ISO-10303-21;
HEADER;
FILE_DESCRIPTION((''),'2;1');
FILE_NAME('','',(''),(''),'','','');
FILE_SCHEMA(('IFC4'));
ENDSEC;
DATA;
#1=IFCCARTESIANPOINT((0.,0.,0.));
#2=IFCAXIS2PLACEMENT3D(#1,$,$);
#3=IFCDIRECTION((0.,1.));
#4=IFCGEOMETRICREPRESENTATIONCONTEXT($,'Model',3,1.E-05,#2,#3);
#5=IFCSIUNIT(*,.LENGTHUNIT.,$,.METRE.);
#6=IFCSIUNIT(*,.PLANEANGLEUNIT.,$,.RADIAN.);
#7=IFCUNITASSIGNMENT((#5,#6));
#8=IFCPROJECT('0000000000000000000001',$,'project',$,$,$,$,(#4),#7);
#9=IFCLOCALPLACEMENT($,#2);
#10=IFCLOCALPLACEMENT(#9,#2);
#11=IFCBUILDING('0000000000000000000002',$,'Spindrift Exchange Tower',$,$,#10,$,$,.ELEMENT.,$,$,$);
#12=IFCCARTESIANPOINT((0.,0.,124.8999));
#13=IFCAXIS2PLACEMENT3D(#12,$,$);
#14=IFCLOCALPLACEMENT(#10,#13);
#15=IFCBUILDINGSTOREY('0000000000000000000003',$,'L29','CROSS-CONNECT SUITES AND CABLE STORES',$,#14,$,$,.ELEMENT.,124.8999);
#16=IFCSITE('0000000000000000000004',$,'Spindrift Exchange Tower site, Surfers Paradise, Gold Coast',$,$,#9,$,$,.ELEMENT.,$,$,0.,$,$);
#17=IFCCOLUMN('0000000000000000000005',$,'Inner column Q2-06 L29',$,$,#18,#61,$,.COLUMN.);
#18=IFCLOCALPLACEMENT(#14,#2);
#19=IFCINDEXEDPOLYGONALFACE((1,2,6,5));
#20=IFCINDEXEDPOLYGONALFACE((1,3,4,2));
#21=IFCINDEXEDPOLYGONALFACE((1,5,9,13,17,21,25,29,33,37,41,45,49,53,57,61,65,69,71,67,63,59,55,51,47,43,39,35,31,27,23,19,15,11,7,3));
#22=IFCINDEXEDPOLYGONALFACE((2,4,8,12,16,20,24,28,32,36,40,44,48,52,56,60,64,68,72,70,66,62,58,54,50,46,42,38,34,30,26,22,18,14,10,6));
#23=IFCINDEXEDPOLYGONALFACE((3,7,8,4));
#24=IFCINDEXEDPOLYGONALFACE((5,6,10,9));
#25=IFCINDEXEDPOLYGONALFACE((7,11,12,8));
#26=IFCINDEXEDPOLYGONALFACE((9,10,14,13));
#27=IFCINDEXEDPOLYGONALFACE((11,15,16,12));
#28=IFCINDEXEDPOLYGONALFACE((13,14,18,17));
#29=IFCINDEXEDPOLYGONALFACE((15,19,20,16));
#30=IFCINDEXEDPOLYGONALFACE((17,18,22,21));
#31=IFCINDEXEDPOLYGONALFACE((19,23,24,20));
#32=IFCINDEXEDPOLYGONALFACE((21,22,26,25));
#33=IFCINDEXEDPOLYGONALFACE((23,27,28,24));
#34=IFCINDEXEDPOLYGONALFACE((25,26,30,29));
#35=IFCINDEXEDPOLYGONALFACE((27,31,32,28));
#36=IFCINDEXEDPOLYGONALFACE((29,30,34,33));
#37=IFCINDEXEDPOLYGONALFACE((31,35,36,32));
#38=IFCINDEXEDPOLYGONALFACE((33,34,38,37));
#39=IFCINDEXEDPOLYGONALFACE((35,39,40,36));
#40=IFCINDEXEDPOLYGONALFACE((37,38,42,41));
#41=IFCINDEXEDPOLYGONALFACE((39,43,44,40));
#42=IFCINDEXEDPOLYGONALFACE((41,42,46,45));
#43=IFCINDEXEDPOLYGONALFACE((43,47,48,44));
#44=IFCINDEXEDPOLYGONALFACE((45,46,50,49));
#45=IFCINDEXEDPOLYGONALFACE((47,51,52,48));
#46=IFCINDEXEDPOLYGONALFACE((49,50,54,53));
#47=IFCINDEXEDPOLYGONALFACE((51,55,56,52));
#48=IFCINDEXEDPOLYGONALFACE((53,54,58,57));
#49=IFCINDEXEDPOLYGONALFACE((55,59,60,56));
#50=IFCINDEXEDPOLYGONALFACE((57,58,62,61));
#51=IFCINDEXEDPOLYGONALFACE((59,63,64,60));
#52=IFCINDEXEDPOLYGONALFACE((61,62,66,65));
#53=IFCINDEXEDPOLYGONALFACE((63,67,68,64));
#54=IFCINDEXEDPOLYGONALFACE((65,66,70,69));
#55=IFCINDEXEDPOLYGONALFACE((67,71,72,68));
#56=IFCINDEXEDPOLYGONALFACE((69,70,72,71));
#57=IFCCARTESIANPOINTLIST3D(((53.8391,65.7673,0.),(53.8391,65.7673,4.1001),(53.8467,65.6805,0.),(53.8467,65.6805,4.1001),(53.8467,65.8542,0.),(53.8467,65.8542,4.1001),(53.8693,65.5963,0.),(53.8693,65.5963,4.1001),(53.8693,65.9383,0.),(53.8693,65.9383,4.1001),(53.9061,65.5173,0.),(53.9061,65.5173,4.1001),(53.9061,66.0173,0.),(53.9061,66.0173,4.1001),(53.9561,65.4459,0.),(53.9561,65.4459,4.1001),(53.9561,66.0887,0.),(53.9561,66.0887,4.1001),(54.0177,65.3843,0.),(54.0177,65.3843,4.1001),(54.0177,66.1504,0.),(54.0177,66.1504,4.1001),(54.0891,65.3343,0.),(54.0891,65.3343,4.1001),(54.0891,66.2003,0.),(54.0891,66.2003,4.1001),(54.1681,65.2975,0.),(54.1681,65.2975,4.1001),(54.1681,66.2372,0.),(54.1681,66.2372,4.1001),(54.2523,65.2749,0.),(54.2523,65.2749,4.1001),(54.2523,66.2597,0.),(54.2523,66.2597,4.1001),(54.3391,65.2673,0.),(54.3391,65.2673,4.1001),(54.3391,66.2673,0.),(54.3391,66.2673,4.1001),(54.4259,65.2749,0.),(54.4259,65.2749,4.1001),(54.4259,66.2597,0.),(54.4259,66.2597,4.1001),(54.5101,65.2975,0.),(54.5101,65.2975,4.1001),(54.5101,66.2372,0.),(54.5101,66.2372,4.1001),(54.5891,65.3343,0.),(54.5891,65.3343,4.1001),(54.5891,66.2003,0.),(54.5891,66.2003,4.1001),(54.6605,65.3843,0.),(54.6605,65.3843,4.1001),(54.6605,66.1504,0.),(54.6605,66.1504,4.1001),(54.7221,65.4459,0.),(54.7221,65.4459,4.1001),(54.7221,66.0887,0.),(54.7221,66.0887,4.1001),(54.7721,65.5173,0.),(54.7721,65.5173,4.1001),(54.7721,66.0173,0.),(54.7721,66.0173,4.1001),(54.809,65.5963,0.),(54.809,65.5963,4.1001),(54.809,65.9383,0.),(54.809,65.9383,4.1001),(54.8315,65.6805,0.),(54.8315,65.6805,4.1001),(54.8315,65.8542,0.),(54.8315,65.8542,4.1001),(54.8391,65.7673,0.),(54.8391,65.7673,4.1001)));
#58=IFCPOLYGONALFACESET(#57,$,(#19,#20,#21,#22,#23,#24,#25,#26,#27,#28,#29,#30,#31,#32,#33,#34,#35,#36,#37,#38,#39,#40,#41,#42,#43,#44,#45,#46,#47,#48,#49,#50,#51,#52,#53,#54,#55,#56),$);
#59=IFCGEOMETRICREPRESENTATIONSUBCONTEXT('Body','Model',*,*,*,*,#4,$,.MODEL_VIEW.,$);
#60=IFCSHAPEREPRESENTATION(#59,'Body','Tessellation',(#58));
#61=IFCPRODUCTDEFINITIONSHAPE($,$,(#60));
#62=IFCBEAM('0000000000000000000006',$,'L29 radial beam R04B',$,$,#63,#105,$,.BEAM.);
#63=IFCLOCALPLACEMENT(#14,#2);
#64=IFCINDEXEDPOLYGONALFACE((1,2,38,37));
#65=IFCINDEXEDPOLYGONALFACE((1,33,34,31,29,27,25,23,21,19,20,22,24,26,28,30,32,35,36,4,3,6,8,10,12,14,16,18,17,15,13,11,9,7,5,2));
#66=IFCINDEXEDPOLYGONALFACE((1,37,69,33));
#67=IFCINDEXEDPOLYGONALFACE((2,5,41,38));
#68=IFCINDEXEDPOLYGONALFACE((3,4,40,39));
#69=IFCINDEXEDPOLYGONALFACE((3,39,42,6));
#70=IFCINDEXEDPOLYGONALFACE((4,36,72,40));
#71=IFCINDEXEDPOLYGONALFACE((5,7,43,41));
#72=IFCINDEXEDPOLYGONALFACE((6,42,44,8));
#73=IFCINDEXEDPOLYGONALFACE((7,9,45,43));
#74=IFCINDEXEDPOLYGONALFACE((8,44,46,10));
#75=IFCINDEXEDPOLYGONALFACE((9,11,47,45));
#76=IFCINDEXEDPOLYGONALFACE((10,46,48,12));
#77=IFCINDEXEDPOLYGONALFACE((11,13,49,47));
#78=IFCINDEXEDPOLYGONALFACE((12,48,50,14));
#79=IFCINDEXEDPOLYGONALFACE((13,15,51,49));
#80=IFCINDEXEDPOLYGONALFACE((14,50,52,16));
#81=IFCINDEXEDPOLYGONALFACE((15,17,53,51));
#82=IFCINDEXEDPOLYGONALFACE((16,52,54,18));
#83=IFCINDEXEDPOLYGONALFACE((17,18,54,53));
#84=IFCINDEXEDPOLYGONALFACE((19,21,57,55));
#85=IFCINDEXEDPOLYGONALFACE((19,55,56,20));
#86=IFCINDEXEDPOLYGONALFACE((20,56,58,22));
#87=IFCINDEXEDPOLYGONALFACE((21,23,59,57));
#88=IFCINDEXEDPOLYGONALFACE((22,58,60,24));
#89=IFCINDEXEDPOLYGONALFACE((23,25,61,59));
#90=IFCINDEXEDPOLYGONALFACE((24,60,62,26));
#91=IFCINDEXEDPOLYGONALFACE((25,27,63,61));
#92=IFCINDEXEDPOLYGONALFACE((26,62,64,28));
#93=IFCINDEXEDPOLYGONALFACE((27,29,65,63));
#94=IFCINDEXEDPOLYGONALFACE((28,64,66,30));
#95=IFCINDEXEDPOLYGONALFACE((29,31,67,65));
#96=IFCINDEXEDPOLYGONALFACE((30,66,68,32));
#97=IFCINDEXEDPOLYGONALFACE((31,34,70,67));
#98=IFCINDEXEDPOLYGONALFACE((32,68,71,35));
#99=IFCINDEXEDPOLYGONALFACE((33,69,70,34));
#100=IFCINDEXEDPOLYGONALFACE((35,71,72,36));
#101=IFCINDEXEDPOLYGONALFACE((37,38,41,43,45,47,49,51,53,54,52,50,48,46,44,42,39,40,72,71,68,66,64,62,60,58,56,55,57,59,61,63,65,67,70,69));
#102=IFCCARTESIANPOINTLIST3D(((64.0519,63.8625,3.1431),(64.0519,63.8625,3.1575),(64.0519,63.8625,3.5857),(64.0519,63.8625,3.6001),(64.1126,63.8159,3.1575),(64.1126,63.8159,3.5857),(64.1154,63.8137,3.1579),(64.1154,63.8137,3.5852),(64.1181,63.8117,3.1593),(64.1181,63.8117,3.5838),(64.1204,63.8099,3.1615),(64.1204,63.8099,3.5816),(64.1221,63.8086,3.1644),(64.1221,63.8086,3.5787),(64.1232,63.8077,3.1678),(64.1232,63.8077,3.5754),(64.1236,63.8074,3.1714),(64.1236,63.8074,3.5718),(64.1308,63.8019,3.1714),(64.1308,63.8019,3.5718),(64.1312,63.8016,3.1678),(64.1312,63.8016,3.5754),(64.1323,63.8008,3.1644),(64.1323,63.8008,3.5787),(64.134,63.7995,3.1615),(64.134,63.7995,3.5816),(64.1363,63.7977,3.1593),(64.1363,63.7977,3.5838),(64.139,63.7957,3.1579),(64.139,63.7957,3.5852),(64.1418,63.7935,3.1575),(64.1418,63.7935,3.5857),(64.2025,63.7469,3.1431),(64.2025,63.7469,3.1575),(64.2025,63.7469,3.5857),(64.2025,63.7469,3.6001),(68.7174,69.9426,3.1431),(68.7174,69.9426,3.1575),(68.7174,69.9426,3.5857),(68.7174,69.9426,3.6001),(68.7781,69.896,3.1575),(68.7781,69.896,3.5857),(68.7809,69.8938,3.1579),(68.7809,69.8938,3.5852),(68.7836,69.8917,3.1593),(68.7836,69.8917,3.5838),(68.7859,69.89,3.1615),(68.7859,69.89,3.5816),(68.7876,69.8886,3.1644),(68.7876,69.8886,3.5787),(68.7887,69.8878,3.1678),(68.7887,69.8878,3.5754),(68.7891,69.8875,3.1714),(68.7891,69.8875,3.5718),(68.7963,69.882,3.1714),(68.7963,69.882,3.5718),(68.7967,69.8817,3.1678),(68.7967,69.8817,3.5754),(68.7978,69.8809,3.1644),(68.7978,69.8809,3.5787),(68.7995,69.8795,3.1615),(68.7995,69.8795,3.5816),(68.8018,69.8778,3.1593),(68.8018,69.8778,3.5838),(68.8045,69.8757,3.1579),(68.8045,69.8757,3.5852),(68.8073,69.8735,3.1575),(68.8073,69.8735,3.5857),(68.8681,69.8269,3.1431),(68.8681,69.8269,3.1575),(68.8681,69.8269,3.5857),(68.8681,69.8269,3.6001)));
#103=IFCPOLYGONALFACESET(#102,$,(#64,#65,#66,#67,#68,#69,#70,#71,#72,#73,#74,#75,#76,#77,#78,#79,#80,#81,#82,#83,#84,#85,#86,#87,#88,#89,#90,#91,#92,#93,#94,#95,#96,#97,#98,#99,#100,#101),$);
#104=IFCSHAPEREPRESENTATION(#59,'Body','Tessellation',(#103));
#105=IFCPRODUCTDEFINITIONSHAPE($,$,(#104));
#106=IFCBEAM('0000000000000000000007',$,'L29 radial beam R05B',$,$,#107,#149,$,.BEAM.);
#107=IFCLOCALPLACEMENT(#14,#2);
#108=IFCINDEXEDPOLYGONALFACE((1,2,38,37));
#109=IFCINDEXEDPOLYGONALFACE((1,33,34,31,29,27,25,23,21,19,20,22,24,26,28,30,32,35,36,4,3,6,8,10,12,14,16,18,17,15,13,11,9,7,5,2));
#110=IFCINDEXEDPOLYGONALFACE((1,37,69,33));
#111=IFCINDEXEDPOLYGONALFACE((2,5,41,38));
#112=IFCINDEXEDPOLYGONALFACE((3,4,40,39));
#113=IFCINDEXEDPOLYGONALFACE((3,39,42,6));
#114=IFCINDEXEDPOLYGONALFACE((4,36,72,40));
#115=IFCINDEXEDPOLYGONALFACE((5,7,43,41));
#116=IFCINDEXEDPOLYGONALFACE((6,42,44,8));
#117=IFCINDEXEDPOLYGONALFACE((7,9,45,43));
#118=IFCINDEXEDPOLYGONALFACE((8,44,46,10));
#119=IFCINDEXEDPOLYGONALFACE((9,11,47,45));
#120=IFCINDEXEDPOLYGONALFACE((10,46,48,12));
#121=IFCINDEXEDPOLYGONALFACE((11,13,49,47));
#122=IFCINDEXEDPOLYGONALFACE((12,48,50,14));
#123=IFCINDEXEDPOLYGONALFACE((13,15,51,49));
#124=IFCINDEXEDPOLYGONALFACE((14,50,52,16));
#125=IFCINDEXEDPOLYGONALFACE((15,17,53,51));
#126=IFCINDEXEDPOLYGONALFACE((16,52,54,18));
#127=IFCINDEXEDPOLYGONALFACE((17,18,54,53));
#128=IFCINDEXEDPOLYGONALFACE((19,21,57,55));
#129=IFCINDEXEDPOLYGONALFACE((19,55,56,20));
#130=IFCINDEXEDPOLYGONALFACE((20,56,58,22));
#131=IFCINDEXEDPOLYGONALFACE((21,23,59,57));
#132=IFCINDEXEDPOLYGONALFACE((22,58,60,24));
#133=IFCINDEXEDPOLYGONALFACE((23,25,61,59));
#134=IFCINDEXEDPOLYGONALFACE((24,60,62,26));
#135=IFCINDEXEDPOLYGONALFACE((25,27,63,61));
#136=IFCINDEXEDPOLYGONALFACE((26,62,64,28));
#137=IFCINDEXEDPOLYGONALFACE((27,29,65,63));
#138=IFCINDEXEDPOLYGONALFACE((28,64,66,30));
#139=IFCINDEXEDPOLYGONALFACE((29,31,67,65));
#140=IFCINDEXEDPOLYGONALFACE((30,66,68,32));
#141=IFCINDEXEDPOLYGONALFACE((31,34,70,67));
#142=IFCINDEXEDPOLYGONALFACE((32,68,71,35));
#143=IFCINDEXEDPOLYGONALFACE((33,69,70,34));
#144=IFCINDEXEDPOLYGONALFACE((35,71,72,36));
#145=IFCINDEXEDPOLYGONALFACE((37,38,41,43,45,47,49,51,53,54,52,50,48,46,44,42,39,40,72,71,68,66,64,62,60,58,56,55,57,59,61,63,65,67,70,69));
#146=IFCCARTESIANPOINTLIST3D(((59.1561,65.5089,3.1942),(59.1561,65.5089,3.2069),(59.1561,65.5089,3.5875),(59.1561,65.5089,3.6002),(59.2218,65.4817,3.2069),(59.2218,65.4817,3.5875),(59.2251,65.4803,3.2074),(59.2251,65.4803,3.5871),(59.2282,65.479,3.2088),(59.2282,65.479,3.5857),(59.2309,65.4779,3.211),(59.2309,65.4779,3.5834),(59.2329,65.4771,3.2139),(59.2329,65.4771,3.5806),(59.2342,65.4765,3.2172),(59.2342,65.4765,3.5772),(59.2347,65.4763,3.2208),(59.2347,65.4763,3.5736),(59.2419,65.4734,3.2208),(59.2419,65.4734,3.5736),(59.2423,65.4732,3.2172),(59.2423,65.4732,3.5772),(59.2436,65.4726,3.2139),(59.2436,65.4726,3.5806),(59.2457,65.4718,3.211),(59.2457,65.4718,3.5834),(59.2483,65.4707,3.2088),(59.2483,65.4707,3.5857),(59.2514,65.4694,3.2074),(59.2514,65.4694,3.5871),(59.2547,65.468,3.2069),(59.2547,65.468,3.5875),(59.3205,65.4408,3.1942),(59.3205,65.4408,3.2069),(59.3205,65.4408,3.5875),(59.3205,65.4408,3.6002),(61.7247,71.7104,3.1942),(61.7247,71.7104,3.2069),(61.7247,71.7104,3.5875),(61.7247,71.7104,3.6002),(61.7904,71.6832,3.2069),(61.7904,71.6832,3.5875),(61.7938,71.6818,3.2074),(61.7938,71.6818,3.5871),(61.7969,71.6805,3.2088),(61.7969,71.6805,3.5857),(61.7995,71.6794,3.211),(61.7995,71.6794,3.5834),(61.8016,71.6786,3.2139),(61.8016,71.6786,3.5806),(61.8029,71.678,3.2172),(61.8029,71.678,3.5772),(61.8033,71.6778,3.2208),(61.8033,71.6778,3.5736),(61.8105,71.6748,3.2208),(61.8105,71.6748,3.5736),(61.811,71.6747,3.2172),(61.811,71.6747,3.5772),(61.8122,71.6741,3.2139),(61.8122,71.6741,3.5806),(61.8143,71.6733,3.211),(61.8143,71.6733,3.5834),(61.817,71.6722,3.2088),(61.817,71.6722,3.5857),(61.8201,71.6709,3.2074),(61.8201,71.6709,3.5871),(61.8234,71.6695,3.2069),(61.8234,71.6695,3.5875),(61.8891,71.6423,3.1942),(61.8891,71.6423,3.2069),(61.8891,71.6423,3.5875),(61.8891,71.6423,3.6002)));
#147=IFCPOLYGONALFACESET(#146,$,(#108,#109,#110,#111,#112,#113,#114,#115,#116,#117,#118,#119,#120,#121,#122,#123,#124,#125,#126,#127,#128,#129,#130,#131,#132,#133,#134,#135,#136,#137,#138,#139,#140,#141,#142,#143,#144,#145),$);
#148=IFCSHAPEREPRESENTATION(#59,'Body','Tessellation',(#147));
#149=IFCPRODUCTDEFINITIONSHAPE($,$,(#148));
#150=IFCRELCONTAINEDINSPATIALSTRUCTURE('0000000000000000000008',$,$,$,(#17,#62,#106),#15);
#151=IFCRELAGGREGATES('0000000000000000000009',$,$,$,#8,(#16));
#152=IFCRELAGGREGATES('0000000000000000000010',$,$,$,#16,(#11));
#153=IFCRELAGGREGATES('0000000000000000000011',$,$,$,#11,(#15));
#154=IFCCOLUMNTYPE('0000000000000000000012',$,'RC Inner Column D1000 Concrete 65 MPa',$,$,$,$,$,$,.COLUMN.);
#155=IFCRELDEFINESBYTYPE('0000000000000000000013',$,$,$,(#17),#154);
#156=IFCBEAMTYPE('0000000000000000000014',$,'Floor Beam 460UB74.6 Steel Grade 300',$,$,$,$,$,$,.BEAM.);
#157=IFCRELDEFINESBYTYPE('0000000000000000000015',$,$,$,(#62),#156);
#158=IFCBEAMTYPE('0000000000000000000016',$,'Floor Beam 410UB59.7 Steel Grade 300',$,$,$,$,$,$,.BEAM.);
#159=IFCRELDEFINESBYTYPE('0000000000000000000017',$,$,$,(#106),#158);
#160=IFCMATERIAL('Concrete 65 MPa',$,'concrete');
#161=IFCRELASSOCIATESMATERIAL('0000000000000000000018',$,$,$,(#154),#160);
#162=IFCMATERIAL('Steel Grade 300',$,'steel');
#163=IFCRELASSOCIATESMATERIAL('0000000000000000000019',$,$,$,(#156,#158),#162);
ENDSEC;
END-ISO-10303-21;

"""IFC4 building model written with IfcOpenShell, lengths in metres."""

from ifc_helpers import new_model, si_unit, direction, frame, origin, origin_2d, place, context, subcontext, project, spatial, circle, i_section, extrude, source, transform, mapped, material, material_profile, profile_set, type_object, element, save


model = new_model("IFC4")

# Units and contexts
model_context = context("Model", 3, precision=1e-05, world=origin(), true_north=direction((0.0, 1.0)))
body_context = subcontext(model_context, "Body", "Model", "MODEL_VIEW")
ifc_project = project(units=[si_unit("LENGTHUNIT", "METRE"), si_unit("PLANEANGLEUNIT", "RADIAN")], contexts=[model_context])

# Site, building, storey
site_placement = place(None, origin())
site = spatial("IfcSite", under=ifc_project, at=site_placement, Name="Spindrift Exchange Tower site, Surfers Paradise, Gold Coast", CompositionType="ELEMENT", RefElevation=0.0)
building_placement = place(site_placement, origin())
building = spatial("IfcBuilding", under=site, at=building_placement, Name="Spindrift Exchange Tower", CompositionType="ELEMENT")
storey_placement = place(building_placement, frame((0.0, 0.0, 124.8999)))
storey = spatial("IfcBuildingStorey", under=building, at=storey_placement, Name="L29", Description="CROSS-CONNECT SUITES AND CABLE STORES", CompositionType="ELEMENT", Elevation=124.8999)

# Column
ifc_material_1 = material(Name="Concrete 65 MPa", Category="concrete")
ifc_material_profile_1 = material_profile(ifc_material_1, circle(Radius=0.5, at=origin_2d()), Name="RC D1000")
ifc_profile_set_1 = profile_set([ifc_material_profile_1], Name="Concrete 65 MPa")
column_type_1 = type_object("IfcColumnType", Name="RC Inner Column D1000 Concrete 65 MPa", PredefinedType="COLUMN", material=ifc_profile_set_1)
shared_shape_1 = source(origin(), body_context, "Body", "SweptSolid", [
    extrude(circle(Radius=0.5, at=origin_2d()), origin(), (0.0, 0.0, 1.0), 4.1001),
])
for number, where, z_axis, x_axis, name in (
    (1, (54.3391, 65.7673, 0.0), (0.0, 0.0, 1.0), (1.0, 0.0, 0.0), "Inner column Q2-06 L29"),
):
    element("IfcColumn", number, at=place(storey_placement, frame(where, z_axis=z_axis, x_axis=x_axis)), inside=storey, type_object=column_type_1, Name=name, PredefinedType="COLUMN", context=body_context, shape_type="MappedRepresentation", body=[
        mapped(shared_shape_1, transform((0.0, 0.0, 0.0), scale=1.0)),
    ])

# Beams
ifc_material_2 = material(Name="Steel Grade 300", Category="steel")
ifc_material_profile_2 = material_profile(ifc_material_2, i_section(OverallWidth=0.1899, OverallDepth=0.457, WebThickness=0.009, FlangeThickness=0.0144, FilletRadius=0.0139, at=origin_2d()), Name="460UB74.6")
ifc_profile_set_2 = profile_set([ifc_material_profile_2], Name="Steel Grade 300")
beam_type_1 = type_object("IfcBeamType", Name="Floor Beam 460UB74.6 Steel Grade 300", PredefinedType="BEAM", material=ifc_profile_set_2)
shared_shape_2 = source(origin(), body_context, "Body", "SweptSolid", [
    extrude(i_section(OverallWidth=0.1899, OverallDepth=0.457, WebThickness=0.009, FlangeThickness=0.0144, FilletRadius=0.0139, at=origin_2d()), origin(), (0.0, 0.0, 1.0), 7.6638),
])
beam_1_placement = place(storey_placement, frame((64.1272, 63.8047, 3.3716), z_axis=(0.608771, 0.793346, 0.0), x_axis=(-0.793346, 0.608771, 0.0)))
element("IfcBeam", 2, at=beam_1_placement, inside=storey, type_object=beam_type_1, Name="L29 radial beam R04B", PredefinedType="BEAM", context=body_context, shape_type="MappedRepresentation", body=[
    mapped(shared_shape_2, transform((0.0, 0.0, 0.0), scale=1.0)),
])
ifc_material_profile_3 = material_profile(ifc_material_2, i_section(OverallWidth=0.178, OverallDepth=0.406, WebThickness=0.0078, FlangeThickness=0.0127, FilletRadius=0.0139, at=origin_2d()), Name="410UB59.7")
ifc_profile_set_3 = profile_set([ifc_material_profile_3], Name="Steel Grade 300")
beam_type_2 = type_object("IfcBeamType", Name="Floor Beam 410UB59.7 Steel Grade 300", PredefinedType="BEAM", material=ifc_profile_set_3)
shared_shape_3 = source(origin(), body_context, "Body", "SweptSolid", [
    extrude(i_section(OverallWidth=0.178, OverallDepth=0.406, WebThickness=0.0078, FlangeThickness=0.0127, FilletRadius=0.0139, at=origin_2d()), origin(), (0.0, 0.0, 1.0), 6.7124),
])
beam_2_placement = place(storey_placement, frame((59.2383, 65.4749, 3.3972), z_axis=(0.38267, 0.923885, 0.0), x_axis=(-0.923885, 0.38267, 0.0)))
element("IfcBeam", 3, at=beam_2_placement, inside=storey, type_object=beam_type_2, Name="L29 radial beam R05B", PredefinedType="BEAM", context=body_context, shape_type="MappedRepresentation", body=[
    mapped(shared_shape_3, transform((0.0, 0.0, 0.0), scale=1.0)),
])

save(model, "model.ifc")
